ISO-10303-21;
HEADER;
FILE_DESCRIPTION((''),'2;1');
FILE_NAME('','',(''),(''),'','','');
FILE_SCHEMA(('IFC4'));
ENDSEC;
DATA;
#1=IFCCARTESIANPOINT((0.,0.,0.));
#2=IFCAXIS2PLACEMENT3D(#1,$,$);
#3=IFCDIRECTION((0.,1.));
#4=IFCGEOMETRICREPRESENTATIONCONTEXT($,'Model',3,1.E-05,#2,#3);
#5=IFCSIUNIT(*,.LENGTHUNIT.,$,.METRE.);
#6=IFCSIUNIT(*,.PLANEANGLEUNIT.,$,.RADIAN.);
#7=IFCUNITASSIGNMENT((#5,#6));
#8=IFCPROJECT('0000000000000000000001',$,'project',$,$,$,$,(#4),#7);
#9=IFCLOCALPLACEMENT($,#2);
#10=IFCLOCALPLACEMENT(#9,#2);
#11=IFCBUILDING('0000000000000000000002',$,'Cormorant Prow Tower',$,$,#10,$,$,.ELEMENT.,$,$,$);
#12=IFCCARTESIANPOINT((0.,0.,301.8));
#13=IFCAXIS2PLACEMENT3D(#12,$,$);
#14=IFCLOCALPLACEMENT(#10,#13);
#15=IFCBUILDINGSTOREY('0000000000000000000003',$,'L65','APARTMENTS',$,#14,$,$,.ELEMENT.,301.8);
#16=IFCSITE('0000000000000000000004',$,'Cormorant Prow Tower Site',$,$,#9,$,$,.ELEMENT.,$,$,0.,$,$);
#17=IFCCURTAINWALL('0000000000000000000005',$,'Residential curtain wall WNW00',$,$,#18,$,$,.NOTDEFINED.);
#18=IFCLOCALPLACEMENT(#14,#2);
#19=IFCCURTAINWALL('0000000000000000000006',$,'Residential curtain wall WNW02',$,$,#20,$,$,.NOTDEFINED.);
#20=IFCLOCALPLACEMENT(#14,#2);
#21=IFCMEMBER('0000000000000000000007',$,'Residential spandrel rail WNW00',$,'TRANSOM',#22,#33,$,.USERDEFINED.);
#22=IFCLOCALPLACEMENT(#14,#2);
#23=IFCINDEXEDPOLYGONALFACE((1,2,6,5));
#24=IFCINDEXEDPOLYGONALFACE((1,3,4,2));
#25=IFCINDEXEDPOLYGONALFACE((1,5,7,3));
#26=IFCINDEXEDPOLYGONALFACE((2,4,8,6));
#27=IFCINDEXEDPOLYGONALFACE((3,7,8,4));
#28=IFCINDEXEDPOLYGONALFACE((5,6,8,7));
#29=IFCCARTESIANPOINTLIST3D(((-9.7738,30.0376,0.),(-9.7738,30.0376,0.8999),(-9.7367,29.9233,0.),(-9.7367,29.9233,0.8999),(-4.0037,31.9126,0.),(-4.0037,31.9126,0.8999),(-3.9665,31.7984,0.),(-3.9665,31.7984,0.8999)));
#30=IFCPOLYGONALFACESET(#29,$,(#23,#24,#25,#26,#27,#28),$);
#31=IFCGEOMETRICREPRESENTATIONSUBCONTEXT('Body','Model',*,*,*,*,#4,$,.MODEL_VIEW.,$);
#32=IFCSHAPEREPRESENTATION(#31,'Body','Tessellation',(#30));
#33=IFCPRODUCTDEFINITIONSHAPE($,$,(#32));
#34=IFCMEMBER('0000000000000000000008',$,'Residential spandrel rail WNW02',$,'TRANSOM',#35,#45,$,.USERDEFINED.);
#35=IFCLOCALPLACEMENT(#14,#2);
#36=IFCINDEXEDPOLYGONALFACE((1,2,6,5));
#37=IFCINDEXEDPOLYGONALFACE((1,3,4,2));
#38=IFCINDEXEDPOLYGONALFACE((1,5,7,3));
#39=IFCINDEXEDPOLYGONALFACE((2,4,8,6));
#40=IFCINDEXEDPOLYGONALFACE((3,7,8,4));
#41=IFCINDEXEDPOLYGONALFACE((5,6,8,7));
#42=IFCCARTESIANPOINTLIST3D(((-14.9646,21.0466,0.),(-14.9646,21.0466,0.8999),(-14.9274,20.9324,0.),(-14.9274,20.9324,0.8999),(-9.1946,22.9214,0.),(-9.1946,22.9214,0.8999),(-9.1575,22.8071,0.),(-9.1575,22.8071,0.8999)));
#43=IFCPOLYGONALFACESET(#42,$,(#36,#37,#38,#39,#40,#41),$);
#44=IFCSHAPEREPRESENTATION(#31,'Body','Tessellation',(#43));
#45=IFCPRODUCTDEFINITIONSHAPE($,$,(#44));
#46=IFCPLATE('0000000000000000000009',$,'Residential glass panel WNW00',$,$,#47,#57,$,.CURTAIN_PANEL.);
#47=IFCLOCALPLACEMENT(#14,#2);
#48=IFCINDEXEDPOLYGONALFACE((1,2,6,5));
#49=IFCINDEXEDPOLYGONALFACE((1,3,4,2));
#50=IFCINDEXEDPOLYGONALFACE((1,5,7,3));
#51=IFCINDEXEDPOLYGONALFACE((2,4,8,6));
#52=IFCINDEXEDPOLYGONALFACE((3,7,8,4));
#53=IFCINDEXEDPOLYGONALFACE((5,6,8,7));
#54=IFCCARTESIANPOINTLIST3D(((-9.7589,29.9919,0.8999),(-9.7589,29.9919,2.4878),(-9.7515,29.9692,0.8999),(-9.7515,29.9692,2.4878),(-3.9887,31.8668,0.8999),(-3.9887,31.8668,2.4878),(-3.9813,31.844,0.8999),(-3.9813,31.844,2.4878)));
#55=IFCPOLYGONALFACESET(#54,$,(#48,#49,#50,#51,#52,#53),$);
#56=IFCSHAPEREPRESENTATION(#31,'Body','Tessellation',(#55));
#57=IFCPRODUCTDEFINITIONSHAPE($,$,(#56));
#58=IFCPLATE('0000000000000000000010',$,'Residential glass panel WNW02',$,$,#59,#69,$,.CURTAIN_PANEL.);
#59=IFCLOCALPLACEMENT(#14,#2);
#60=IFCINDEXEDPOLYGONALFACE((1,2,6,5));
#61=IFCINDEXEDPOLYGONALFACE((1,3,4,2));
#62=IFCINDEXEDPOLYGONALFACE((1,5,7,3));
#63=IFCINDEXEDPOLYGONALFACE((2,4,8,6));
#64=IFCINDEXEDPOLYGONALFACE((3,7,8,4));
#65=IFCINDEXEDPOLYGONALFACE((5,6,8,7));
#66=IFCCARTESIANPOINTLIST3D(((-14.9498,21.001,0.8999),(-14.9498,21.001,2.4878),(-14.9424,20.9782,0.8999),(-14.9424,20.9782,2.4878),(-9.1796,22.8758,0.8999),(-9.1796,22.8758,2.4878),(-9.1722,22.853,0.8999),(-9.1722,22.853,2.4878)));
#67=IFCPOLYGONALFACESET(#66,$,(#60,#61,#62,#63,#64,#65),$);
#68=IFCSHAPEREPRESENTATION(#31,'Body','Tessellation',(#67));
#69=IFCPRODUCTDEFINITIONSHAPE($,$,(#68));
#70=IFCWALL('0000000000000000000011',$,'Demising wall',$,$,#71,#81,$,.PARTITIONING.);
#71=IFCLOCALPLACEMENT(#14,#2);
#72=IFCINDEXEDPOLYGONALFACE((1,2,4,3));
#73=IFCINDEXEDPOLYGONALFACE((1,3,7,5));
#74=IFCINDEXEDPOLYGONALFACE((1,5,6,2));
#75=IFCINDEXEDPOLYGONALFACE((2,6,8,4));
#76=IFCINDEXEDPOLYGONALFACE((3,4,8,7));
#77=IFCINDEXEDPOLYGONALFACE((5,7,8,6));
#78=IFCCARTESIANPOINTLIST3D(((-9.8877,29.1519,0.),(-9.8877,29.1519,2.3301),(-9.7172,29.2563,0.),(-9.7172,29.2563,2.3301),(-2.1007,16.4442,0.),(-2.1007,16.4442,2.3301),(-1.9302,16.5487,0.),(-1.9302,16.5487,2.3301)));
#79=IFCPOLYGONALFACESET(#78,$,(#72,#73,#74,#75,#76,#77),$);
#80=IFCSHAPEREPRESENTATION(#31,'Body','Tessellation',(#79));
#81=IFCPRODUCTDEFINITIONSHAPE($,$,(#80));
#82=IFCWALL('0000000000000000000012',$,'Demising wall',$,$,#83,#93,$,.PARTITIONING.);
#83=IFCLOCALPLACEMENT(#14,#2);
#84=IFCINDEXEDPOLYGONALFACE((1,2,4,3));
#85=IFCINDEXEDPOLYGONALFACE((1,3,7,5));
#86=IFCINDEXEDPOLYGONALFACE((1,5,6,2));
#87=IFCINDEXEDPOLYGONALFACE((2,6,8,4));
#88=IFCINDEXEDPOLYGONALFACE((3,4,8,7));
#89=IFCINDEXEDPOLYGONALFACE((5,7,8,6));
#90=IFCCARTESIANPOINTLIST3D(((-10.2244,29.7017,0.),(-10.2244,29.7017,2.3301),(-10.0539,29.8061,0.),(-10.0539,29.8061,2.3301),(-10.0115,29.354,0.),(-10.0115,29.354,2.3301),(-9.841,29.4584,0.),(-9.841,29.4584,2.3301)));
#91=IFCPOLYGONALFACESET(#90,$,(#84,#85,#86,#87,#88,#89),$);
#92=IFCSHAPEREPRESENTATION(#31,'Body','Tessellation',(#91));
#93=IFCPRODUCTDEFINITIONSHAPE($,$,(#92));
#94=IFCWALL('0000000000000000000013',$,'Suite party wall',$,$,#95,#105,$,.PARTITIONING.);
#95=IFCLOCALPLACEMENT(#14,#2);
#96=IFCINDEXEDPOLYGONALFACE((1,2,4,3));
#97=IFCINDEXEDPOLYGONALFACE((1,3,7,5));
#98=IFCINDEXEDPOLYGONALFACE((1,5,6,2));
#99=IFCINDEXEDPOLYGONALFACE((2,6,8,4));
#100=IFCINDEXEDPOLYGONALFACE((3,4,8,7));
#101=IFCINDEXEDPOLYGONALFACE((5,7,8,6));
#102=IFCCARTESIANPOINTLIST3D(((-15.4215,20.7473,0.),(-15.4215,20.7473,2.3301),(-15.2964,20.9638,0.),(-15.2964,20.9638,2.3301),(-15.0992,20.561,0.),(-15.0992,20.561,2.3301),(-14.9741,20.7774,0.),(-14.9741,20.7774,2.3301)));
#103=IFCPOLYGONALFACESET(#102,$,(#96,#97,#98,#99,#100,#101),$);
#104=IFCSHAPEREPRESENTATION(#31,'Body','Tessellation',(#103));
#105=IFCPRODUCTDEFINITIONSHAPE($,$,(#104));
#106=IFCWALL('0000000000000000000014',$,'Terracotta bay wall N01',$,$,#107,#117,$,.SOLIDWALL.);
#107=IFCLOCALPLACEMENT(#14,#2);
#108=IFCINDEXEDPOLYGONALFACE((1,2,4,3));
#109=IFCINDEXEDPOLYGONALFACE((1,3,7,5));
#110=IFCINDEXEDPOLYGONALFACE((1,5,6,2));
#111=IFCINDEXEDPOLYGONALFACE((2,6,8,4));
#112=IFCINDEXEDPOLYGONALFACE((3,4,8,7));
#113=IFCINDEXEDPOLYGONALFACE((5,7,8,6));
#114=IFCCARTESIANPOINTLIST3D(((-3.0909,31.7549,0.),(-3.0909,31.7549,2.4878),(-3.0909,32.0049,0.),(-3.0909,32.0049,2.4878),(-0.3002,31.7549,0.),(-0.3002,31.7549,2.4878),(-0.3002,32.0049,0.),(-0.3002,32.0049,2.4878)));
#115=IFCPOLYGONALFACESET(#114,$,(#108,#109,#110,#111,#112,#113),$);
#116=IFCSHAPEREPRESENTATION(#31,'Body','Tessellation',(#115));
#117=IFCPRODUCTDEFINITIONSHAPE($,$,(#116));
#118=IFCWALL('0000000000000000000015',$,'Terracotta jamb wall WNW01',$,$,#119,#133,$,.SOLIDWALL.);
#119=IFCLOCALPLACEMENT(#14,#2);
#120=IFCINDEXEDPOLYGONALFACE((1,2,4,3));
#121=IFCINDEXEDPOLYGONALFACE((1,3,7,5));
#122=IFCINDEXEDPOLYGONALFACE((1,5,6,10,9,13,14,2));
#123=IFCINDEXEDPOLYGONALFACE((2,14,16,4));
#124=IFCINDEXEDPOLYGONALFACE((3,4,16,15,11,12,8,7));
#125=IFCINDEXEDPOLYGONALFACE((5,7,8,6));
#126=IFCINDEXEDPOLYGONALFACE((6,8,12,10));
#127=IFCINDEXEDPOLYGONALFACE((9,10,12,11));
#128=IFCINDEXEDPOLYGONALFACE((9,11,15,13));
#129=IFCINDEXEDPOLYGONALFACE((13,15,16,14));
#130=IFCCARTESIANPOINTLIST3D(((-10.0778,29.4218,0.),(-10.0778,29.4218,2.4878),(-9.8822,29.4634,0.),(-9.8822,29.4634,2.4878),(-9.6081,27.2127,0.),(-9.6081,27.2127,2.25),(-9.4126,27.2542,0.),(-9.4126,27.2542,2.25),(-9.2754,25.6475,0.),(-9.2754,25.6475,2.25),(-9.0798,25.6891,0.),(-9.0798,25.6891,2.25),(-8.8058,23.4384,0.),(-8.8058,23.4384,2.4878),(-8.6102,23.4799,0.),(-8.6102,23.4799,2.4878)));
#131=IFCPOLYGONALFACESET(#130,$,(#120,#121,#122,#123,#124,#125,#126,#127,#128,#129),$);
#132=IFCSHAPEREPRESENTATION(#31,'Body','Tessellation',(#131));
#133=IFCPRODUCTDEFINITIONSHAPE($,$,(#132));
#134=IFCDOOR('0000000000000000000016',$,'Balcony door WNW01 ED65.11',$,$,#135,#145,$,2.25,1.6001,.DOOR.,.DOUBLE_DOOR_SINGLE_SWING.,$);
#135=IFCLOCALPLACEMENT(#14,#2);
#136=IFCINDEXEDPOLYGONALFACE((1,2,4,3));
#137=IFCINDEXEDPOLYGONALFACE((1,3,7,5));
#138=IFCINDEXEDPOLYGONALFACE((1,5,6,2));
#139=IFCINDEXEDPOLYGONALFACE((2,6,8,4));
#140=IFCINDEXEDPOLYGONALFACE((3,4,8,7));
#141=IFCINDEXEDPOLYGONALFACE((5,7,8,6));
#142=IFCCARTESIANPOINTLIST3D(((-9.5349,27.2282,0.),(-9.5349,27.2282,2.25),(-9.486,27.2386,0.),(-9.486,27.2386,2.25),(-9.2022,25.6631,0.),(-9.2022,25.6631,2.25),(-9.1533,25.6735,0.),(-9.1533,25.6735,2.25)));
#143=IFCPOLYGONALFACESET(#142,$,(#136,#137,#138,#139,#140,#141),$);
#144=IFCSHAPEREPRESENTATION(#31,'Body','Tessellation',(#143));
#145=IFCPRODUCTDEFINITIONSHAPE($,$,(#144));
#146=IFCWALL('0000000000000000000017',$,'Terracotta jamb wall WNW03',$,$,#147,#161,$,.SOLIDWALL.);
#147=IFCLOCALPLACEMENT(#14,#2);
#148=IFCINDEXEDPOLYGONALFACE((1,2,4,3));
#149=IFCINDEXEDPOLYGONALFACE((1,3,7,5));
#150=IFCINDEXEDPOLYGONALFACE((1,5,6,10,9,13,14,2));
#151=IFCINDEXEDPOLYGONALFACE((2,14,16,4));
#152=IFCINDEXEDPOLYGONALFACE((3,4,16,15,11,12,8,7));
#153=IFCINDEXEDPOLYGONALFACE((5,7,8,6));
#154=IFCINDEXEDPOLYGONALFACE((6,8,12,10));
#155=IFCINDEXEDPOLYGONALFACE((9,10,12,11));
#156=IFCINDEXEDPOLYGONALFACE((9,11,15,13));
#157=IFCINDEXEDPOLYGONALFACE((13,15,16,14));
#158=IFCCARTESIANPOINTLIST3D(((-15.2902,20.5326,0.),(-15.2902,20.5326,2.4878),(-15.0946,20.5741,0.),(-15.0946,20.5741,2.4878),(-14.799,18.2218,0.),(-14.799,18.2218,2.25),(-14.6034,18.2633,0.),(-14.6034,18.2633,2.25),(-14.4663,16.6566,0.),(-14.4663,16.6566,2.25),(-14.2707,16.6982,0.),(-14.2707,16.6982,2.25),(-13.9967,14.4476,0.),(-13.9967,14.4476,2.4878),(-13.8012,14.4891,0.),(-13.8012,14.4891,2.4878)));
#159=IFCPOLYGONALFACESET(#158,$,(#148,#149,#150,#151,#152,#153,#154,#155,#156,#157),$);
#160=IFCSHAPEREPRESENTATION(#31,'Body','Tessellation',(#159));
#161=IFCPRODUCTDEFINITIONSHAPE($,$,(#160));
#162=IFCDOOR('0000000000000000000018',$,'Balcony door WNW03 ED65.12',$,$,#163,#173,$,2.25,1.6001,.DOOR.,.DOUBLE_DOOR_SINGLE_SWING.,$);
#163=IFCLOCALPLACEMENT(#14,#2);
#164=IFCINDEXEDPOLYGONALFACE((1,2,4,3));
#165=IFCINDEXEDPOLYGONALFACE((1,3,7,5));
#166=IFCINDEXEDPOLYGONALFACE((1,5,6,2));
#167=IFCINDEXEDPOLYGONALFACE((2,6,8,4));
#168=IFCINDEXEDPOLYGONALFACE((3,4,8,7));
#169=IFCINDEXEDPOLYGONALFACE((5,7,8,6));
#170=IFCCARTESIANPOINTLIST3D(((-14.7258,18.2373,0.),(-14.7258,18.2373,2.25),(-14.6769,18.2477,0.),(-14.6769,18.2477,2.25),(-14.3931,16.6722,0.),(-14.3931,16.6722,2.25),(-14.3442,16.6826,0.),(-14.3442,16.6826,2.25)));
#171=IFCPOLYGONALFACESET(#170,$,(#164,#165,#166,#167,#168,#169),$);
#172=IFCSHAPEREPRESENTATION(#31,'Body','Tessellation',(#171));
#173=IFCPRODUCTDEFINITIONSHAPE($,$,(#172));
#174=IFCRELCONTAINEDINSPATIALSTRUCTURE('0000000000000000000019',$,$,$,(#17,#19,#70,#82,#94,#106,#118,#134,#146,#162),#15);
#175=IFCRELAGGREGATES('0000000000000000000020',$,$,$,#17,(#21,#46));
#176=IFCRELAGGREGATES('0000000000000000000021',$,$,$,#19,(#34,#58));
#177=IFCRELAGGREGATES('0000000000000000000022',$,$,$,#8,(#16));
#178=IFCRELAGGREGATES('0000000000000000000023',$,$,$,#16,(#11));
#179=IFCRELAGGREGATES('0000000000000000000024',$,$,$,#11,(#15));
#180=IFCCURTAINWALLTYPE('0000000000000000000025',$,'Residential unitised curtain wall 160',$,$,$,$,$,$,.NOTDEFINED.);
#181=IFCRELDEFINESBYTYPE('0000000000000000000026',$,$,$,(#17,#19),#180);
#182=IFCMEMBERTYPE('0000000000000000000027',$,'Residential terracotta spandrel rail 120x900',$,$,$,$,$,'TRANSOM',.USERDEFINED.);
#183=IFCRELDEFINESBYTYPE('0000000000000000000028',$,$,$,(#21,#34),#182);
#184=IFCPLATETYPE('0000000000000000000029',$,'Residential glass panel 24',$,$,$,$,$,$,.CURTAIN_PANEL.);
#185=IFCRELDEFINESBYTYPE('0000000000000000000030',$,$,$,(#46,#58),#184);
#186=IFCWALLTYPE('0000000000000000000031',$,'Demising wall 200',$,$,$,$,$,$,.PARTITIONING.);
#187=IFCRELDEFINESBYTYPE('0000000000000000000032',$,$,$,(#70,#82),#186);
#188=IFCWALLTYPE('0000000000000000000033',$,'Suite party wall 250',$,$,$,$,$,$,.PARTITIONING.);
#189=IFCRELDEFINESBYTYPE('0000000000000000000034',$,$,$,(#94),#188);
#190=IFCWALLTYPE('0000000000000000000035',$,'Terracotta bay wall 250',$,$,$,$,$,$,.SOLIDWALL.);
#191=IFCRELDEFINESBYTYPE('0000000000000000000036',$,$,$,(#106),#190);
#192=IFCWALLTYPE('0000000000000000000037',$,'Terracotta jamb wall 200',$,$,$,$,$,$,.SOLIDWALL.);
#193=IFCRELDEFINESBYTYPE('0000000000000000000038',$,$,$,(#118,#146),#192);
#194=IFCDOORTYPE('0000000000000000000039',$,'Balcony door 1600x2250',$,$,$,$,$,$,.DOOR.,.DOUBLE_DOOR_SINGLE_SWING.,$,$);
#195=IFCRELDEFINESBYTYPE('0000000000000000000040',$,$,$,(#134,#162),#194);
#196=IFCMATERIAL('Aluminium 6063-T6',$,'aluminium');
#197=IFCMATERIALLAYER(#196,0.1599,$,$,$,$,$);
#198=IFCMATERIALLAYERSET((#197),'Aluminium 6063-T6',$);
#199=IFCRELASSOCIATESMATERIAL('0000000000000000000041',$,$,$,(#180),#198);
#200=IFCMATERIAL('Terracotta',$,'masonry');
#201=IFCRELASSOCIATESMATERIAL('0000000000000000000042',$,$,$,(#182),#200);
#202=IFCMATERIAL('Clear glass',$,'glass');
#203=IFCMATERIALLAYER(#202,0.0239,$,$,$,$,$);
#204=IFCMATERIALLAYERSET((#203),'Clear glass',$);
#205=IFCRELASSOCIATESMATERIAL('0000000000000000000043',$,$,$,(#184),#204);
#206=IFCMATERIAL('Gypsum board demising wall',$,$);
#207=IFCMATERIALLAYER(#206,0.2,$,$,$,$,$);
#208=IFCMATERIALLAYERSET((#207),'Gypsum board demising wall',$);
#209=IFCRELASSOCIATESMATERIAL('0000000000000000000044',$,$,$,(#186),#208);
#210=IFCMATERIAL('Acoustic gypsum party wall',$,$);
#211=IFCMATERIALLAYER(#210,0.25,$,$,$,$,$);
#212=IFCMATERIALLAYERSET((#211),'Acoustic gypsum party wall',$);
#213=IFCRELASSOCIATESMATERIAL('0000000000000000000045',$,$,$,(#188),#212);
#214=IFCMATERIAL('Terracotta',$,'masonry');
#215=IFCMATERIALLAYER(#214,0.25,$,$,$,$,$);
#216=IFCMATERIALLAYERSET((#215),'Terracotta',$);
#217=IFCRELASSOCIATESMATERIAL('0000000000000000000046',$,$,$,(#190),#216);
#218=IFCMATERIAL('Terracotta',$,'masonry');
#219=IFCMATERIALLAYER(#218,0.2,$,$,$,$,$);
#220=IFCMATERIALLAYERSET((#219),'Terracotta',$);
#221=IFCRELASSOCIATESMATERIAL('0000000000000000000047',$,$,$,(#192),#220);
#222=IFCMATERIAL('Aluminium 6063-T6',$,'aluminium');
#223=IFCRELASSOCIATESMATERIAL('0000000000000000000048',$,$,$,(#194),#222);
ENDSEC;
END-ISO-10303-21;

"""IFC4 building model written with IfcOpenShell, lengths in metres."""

from ifc_helpers import new_model, si_unit, direction, frame, frame_2d, origin, origin_2d, place, context, subcontext, project, spatial, rectangle, extrude, material, layer, layer_set, material_profile, profile_set, type_object, element, fill, aggregate, save


model = new_model("IFC4")

# Units and contexts
model_context = context("Model", 3, precision=1e-05, world=origin(), true_north=direction((0.0, 1.0)))
body_context = subcontext(model_context, "Body", "Model", "MODEL_VIEW")
ifc_project = project(units=[si_unit("LENGTHUNIT", "METRE"), si_unit("PLANEANGLEUNIT", "RADIAN")], contexts=[model_context])

# Site, building, storey
site_placement = place(None, origin())
site = spatial("IfcSite", under=ifc_project, at=site_placement, Name="Cormorant Prow Tower Site", CompositionType="ELEMENT", RefElevation=0.0)
building_placement = place(site_placement, origin())
building = spatial("IfcBuilding", under=site, at=building_placement, Name="Cormorant Prow Tower", CompositionType="ELEMENT")
storey_placement = place(building_placement, frame((0.0, 0.0, 301.8)))
storey = spatial("IfcBuildingStorey", under=building, at=storey_placement, Name="L65", Description="APARTMENTS", CompositionType="ELEMENT", Elevation=301.8)

# Curtain walls
ifc_material_1 = material(Name="Aluminium 6063-T6", Category="aluminium")
ifc_layer_1 = layer(ifc_material_1, 0.1599)
ifc_layer_set_1 = layer_set([ifc_layer_1], Name="Aluminium 6063-T6")
curtain_wall_type = type_object("IfcCurtainWallType", Name="Residential unitised curtain wall 160", PredefinedType="NOTDEFINED", material=ifc_layer_set_1)
curtain_wall_1_placement = place(storey_placement, origin())
curtain_wall_1 = element("IfcCurtainWall", 1, at=curtain_wall_1_placement, inside=storey, type_object=curtain_wall_type, Name="Residential curtain wall WNW00", PredefinedType="NOTDEFINED")
curtain_wall_2_placement = place(storey_placement, origin())
curtain_wall_2 = element("IfcCurtainWall", 2, at=curtain_wall_2_placement, inside=storey, type_object=curtain_wall_type, Name="Residential curtain wall WNW02", PredefinedType="NOTDEFINED")

# Members
ifc_material_2 = material(Name="Terracotta", Category="masonry")
ifc_material_profile_1 = material_profile(ifc_material_2, rectangle(XDim=0.1201, YDim=0.8999, at=origin_2d()), Name="Residential terracotta spandrel rail 120x900")
ifc_profile_set_1 = profile_set([ifc_material_profile_1], Name="Terracotta")
member_type_1 = type_object("IfcMemberType", Name="Residential terracotta spandrel rail 120x900", ElementType="TRANSOM", PredefinedType="USERDEFINED", material=ifc_profile_set_1)
member_1_placement = place(storey_placement, frame((-3.9851, 31.8555, 0.45), z_axis=(-0.951046, -0.309048, 0.0), x_axis=(0.309048, -0.951046, 0.0)))
member_1 = element("IfcMember", 3, at=member_1_placement, type_object=member_type_1, Name="Residential spandrel rail WNW00", ObjectType="TRANSOM", PredefinedType="USERDEFINED", context=body_context, shape_type="SweptSolid", body=[
    extrude(rectangle(XDim=0.1201, YDim=0.8999, at=origin_2d()), origin(), (0.0, 0.0, 1.0), 6.0671),
])
member_2_placement = place(storey_placement, frame((-9.176, 22.8643, 0.45), z_axis=(-0.951058, -0.309011, 0.0), x_axis=(0.309011, -0.951058, 0.0)))
member_2 = element("IfcMember", 4, at=member_2_placement, type_object=member_type_1, Name="Residential spandrel rail WNW02", ObjectType="TRANSOM", PredefinedType="USERDEFINED", context=body_context, shape_type="SweptSolid", body=[
    extrude(rectangle(XDim=0.1201, YDim=0.8999, at=origin_2d()), origin(), (0.0, 0.0, 1.0), 6.0669),
])

# Plates
ifc_material_3 = material(Name="Clear glass", Category="glass")
ifc_layer_2 = layer(ifc_material_3, 0.0239)
ifc_layer_set_2 = layer_set([ifc_layer_2], Name="Clear glass")
plate_type = type_object("IfcPlateType", Name="Residential glass panel 24", PredefinedType="CURTAIN_PANEL", material=ifc_layer_set_2)
plate_1_placement = place(storey_placement, frame((-6.8701, 30.918, 0.8999), z_axis=(0.0, 0.0, 1.0), x_axis=(-0.951057, -0.309017, 0.0)))
plate_1 = element("IfcPlate", 5, at=plate_1_placement, type_object=plate_type, Name="Residential glass panel WNW00", PredefinedType="CURTAIN_PANEL", context=body_context, shape_type="SweptSolid", body=[
    extrude(rectangle(XDim=6.0671, YDim=0.0239, at=origin_2d()), origin(), (0.0, 0.0, 1.0), 1.5879),
])
aggregate(curtain_wall_1, [member_1, plate_1])
plate_2_placement = place(storey_placement, frame((-12.061, 21.927, 0.8999), z_axis=(0.0, 0.0, 1.0), x_axis=(-0.951057, -0.309017, 0.0)))
plate_2 = element("IfcPlate", 6, at=plate_2_placement, type_object=plate_type, Name="Residential glass panel WNW02", PredefinedType="CURTAIN_PANEL", context=body_context, shape_type="SweptSolid", body=[
    extrude(rectangle(XDim=6.0671, YDim=0.0239, at=origin_2d()), origin(), (0.0, 0.0, 1.0), 1.5879),
])
aggregate(curtain_wall_2, [member_2, plate_2])

# Walls
ifc_material_4 = material(Name="Gypsum board demising wall")
ifc_layer_3 = layer(ifc_material_4, 0.2)
ifc_layer_set_3 = layer_set([ifc_layer_3], Name="Gypsum board demising wall")
wall_type_1 = type_object("IfcWallType", Name="Demising wall 200", PredefinedType="PARTITIONING", material=ifc_layer_set_3)
wall_1_placement = place(storey_placement, frame((-9.8025, 29.2041, 0.0), z_axis=(0.0, 0.0, 1.0), x_axis=(0.522488, -0.852647, 0.0)))
element("IfcWall", 7, at=wall_1_placement, inside=storey, type_object=wall_type_1, Name="Demising wall", PredefinedType="PARTITIONING", context=body_context, shape_type="SweptSolid", body=[
    extrude(rectangle(XDim=14.9038, YDim=0.2, at=frame_2d((7.4519, 0.0))), origin(), (0.0, 0.0, 1.0), 2.3301),
])
wall_2_placement = place(storey_placement, frame((-10.1392, 29.7539, 0.0), z_axis=(0.0, 0.0, 1.0), x_axis=(0.522225, -0.852808, 0.0)))
element("IfcWall", 8, at=wall_2_placement, inside=storey, type_object=wall_type_1, Name="Demising wall", PredefinedType="PARTITIONING", context=body_context, shape_type="SweptSolid", body=[
    extrude(rectangle(XDim=0.4077, YDim=0.2, at=frame_2d((0.2039, 0.0))), origin(), (0.0, 0.0, 1.0), 2.3301),
])
ifc_material_5 = material(Name="Acoustic gypsum party wall")
ifc_layer_4 = layer(ifc_material_5, 0.25)
ifc_layer_set_4 = layer_set([ifc_layer_4], Name="Acoustic gypsum party wall")
wall_type_2 = type_object("IfcWallType", Name="Suite party wall 250", PredefinedType="PARTITIONING", material=ifc_layer_set_4)
wall_3_placement = place(storey_placement, frame((-15.3589, 20.8555, 0.0), z_axis=(0.0, 0.0, 1.0), x_axis=(0.86577, -0.500441, 0.0)))
element("IfcWall", 9, at=wall_3_placement, inside=storey, type_object=wall_type_2, Name="Suite party wall", PredefinedType="PARTITIONING", context=body_context, shape_type="SweptSolid", body=[
    extrude(rectangle(XDim=0.3723, YDim=0.25, at=frame_2d((0.186, 0.0))), origin(), (0.0, 0.0, 1.0), 2.3301),
])
ifc_material_6 = material(Name="Terracotta", Category="masonry")
ifc_layer_5 = layer(ifc_material_6, 0.25)
ifc_layer_set_5 = layer_set([ifc_layer_5], Name="Terracotta")
wall_type_3 = type_object("IfcWallType", Name="Terracotta bay wall 250", PredefinedType="SOLIDWALL", material=ifc_layer_set_5)
wall_4_placement = place(storey_placement, frame((-0.3, 31.8799, 0.0), z_axis=(0.0, 0.0, 1.0), x_axis=(-1.0, 0.0, 0.0)))
element("IfcWall", 10, at=wall_4_placement, inside=storey, type_object=wall_type_3, Name="Terracotta bay wall N01", PredefinedType="SOLIDWALL", context=body_context, shape_type="SweptSolid", body=[
    extrude(rectangle(XDim=2.7908, YDim=0.25, at=frame_2d((1.3955, 0.0))), origin(), (0.0, 0.0, 1.0), 2.4878),
])

# Walls, openings, doors
ifc_material_7 = material(Name="Terracotta", Category="masonry")
ifc_layer_6 = layer(ifc_material_7, 0.2)
ifc_layer_set_6 = layer_set([ifc_layer_6], Name="Terracotta")
wall_type_4 = type_object("IfcWallType", Name="Terracotta jamb wall 200", PredefinedType="SOLIDWALL", material=ifc_layer_set_6)
wall_5_placement = place(storey_placement, frame((-9.98, 29.4426, 0.0), z_axis=(0.0, 0.0, 1.0), x_axis=(0.207937, -0.978142, 0.0)))
wall_5 = element("IfcWall", 11, at=wall_5_placement, inside=storey, type_object=wall_type_4, Name="Terracotta jamb wall WNW01", PredefinedType="SOLIDWALL", context=body_context, shape_type="SweptSolid", body=[
    extrude(rectangle(XDim=6.1172, YDim=0.2, at=frame_2d((3.0586, 0.0))), origin(), (0.0, 0.0, 1.0), 2.4878),
])
opening_1_placement = place(wall_5_placement, frame((2.2585, 0.0, 0.0)))
opening_1 = element("IfcOpeningElement", 12, at=opening_1_placement, cuts=wall_5, PredefinedType="OPENING", context=body_context, shape_type="SweptSolid", body=[
    extrude(rectangle(XDim=1.6001, YDim=2.25, at=frame_2d((0.8, 1.125))), frame((0.0, 0.1099, 0.0), z_axis=(0.0, -1.0, 0.0), x_axis=(1.0, 0.0, 0.0)), (0.0, 0.0, 1.0), 0.22),
])
ifc_material_8 = material(Name="Aluminium 6063-T6", Category="aluminium")
door_type = type_object("IfcDoorType", Name="Balcony door 1600x2250", OperationType="DOUBLE_DOOR_SINGLE_SWING", PredefinedType="DOOR", material=ifc_material_8)
door_1_placement = place(opening_1_placement, origin())
door_1 = element("IfcDoor", 13, at=door_1_placement, inside=storey, type_object=door_type, Name="Balcony door WNW01 ED65.11", OperationType="DOUBLE_DOOR_SINGLE_SWING", OverallHeight=2.25, OverallWidth=1.6001, PredefinedType="DOOR", context=body_context, shape_type="SweptSolid", body=[
    extrude(rectangle(XDim=1.6001, YDim=2.25, at=frame_2d((0.8, 1.125))), frame((0.0, 0.0249, 0.0), z_axis=(0.0, -1.0, 0.0), x_axis=(1.0, 0.0, 0.0)), (0.0, 0.0, 1.0), 0.05),
])
fill(opening_1, door_1)
wall_6_placement = place(storey_placement, frame((-15.1924, 20.5532, 0.0), z_axis=(0.0, 0.0, 1.0), x_axis=(0.207921, -0.978146, 0.0)))
wall_6 = element("IfcWall", 14, at=wall_6_placement, inside=storey, type_object=wall_type_4, Name="Terracotta jamb wall WNW03", PredefinedType="SOLIDWALL", context=body_context, shape_type="SweptSolid", body=[
    extrude(rectangle(XDim=6.2209, YDim=0.2, at=frame_2d((3.1104, 0.0))), origin(), (0.0, 0.0, 1.0), 2.4878),
])
opening_2_placement = place(wall_6_placement, frame((2.3623, 0.0, 0.0)))
opening_2 = element("IfcOpeningElement", 15, at=opening_2_placement, cuts=wall_6, PredefinedType="OPENING", context=body_context, shape_type="SweptSolid", body=[
    extrude(rectangle(XDim=1.6001, YDim=2.25, at=frame_2d((0.8, 1.125))), frame((0.0, 0.1099, 0.0), z_axis=(0.0, -1.0, 0.0), x_axis=(1.0, 0.0, 0.0)), (0.0, 0.0, 1.0), 0.22),
])
door_2_placement = place(opening_2_placement, origin())
door_2 = element("IfcDoor", 16, at=door_2_placement, inside=storey, type_object=door_type, Name="Balcony door WNW03 ED65.12", OperationType="DOUBLE_DOOR_SINGLE_SWING", OverallHeight=2.25, OverallWidth=1.6001, PredefinedType="DOOR", context=body_context, shape_type="SweptSolid", body=[
    extrude(rectangle(XDim=1.6001, YDim=2.25, at=frame_2d((0.8, 1.125))), frame((0.0, 0.0249, 0.0), z_axis=(0.0, -1.0, 0.0), x_axis=(1.0, 0.0, 0.0)), (0.0, 0.0, 1.0), 0.05),
])
fill(opening_2, door_2)

save(model, "model.ifc")
